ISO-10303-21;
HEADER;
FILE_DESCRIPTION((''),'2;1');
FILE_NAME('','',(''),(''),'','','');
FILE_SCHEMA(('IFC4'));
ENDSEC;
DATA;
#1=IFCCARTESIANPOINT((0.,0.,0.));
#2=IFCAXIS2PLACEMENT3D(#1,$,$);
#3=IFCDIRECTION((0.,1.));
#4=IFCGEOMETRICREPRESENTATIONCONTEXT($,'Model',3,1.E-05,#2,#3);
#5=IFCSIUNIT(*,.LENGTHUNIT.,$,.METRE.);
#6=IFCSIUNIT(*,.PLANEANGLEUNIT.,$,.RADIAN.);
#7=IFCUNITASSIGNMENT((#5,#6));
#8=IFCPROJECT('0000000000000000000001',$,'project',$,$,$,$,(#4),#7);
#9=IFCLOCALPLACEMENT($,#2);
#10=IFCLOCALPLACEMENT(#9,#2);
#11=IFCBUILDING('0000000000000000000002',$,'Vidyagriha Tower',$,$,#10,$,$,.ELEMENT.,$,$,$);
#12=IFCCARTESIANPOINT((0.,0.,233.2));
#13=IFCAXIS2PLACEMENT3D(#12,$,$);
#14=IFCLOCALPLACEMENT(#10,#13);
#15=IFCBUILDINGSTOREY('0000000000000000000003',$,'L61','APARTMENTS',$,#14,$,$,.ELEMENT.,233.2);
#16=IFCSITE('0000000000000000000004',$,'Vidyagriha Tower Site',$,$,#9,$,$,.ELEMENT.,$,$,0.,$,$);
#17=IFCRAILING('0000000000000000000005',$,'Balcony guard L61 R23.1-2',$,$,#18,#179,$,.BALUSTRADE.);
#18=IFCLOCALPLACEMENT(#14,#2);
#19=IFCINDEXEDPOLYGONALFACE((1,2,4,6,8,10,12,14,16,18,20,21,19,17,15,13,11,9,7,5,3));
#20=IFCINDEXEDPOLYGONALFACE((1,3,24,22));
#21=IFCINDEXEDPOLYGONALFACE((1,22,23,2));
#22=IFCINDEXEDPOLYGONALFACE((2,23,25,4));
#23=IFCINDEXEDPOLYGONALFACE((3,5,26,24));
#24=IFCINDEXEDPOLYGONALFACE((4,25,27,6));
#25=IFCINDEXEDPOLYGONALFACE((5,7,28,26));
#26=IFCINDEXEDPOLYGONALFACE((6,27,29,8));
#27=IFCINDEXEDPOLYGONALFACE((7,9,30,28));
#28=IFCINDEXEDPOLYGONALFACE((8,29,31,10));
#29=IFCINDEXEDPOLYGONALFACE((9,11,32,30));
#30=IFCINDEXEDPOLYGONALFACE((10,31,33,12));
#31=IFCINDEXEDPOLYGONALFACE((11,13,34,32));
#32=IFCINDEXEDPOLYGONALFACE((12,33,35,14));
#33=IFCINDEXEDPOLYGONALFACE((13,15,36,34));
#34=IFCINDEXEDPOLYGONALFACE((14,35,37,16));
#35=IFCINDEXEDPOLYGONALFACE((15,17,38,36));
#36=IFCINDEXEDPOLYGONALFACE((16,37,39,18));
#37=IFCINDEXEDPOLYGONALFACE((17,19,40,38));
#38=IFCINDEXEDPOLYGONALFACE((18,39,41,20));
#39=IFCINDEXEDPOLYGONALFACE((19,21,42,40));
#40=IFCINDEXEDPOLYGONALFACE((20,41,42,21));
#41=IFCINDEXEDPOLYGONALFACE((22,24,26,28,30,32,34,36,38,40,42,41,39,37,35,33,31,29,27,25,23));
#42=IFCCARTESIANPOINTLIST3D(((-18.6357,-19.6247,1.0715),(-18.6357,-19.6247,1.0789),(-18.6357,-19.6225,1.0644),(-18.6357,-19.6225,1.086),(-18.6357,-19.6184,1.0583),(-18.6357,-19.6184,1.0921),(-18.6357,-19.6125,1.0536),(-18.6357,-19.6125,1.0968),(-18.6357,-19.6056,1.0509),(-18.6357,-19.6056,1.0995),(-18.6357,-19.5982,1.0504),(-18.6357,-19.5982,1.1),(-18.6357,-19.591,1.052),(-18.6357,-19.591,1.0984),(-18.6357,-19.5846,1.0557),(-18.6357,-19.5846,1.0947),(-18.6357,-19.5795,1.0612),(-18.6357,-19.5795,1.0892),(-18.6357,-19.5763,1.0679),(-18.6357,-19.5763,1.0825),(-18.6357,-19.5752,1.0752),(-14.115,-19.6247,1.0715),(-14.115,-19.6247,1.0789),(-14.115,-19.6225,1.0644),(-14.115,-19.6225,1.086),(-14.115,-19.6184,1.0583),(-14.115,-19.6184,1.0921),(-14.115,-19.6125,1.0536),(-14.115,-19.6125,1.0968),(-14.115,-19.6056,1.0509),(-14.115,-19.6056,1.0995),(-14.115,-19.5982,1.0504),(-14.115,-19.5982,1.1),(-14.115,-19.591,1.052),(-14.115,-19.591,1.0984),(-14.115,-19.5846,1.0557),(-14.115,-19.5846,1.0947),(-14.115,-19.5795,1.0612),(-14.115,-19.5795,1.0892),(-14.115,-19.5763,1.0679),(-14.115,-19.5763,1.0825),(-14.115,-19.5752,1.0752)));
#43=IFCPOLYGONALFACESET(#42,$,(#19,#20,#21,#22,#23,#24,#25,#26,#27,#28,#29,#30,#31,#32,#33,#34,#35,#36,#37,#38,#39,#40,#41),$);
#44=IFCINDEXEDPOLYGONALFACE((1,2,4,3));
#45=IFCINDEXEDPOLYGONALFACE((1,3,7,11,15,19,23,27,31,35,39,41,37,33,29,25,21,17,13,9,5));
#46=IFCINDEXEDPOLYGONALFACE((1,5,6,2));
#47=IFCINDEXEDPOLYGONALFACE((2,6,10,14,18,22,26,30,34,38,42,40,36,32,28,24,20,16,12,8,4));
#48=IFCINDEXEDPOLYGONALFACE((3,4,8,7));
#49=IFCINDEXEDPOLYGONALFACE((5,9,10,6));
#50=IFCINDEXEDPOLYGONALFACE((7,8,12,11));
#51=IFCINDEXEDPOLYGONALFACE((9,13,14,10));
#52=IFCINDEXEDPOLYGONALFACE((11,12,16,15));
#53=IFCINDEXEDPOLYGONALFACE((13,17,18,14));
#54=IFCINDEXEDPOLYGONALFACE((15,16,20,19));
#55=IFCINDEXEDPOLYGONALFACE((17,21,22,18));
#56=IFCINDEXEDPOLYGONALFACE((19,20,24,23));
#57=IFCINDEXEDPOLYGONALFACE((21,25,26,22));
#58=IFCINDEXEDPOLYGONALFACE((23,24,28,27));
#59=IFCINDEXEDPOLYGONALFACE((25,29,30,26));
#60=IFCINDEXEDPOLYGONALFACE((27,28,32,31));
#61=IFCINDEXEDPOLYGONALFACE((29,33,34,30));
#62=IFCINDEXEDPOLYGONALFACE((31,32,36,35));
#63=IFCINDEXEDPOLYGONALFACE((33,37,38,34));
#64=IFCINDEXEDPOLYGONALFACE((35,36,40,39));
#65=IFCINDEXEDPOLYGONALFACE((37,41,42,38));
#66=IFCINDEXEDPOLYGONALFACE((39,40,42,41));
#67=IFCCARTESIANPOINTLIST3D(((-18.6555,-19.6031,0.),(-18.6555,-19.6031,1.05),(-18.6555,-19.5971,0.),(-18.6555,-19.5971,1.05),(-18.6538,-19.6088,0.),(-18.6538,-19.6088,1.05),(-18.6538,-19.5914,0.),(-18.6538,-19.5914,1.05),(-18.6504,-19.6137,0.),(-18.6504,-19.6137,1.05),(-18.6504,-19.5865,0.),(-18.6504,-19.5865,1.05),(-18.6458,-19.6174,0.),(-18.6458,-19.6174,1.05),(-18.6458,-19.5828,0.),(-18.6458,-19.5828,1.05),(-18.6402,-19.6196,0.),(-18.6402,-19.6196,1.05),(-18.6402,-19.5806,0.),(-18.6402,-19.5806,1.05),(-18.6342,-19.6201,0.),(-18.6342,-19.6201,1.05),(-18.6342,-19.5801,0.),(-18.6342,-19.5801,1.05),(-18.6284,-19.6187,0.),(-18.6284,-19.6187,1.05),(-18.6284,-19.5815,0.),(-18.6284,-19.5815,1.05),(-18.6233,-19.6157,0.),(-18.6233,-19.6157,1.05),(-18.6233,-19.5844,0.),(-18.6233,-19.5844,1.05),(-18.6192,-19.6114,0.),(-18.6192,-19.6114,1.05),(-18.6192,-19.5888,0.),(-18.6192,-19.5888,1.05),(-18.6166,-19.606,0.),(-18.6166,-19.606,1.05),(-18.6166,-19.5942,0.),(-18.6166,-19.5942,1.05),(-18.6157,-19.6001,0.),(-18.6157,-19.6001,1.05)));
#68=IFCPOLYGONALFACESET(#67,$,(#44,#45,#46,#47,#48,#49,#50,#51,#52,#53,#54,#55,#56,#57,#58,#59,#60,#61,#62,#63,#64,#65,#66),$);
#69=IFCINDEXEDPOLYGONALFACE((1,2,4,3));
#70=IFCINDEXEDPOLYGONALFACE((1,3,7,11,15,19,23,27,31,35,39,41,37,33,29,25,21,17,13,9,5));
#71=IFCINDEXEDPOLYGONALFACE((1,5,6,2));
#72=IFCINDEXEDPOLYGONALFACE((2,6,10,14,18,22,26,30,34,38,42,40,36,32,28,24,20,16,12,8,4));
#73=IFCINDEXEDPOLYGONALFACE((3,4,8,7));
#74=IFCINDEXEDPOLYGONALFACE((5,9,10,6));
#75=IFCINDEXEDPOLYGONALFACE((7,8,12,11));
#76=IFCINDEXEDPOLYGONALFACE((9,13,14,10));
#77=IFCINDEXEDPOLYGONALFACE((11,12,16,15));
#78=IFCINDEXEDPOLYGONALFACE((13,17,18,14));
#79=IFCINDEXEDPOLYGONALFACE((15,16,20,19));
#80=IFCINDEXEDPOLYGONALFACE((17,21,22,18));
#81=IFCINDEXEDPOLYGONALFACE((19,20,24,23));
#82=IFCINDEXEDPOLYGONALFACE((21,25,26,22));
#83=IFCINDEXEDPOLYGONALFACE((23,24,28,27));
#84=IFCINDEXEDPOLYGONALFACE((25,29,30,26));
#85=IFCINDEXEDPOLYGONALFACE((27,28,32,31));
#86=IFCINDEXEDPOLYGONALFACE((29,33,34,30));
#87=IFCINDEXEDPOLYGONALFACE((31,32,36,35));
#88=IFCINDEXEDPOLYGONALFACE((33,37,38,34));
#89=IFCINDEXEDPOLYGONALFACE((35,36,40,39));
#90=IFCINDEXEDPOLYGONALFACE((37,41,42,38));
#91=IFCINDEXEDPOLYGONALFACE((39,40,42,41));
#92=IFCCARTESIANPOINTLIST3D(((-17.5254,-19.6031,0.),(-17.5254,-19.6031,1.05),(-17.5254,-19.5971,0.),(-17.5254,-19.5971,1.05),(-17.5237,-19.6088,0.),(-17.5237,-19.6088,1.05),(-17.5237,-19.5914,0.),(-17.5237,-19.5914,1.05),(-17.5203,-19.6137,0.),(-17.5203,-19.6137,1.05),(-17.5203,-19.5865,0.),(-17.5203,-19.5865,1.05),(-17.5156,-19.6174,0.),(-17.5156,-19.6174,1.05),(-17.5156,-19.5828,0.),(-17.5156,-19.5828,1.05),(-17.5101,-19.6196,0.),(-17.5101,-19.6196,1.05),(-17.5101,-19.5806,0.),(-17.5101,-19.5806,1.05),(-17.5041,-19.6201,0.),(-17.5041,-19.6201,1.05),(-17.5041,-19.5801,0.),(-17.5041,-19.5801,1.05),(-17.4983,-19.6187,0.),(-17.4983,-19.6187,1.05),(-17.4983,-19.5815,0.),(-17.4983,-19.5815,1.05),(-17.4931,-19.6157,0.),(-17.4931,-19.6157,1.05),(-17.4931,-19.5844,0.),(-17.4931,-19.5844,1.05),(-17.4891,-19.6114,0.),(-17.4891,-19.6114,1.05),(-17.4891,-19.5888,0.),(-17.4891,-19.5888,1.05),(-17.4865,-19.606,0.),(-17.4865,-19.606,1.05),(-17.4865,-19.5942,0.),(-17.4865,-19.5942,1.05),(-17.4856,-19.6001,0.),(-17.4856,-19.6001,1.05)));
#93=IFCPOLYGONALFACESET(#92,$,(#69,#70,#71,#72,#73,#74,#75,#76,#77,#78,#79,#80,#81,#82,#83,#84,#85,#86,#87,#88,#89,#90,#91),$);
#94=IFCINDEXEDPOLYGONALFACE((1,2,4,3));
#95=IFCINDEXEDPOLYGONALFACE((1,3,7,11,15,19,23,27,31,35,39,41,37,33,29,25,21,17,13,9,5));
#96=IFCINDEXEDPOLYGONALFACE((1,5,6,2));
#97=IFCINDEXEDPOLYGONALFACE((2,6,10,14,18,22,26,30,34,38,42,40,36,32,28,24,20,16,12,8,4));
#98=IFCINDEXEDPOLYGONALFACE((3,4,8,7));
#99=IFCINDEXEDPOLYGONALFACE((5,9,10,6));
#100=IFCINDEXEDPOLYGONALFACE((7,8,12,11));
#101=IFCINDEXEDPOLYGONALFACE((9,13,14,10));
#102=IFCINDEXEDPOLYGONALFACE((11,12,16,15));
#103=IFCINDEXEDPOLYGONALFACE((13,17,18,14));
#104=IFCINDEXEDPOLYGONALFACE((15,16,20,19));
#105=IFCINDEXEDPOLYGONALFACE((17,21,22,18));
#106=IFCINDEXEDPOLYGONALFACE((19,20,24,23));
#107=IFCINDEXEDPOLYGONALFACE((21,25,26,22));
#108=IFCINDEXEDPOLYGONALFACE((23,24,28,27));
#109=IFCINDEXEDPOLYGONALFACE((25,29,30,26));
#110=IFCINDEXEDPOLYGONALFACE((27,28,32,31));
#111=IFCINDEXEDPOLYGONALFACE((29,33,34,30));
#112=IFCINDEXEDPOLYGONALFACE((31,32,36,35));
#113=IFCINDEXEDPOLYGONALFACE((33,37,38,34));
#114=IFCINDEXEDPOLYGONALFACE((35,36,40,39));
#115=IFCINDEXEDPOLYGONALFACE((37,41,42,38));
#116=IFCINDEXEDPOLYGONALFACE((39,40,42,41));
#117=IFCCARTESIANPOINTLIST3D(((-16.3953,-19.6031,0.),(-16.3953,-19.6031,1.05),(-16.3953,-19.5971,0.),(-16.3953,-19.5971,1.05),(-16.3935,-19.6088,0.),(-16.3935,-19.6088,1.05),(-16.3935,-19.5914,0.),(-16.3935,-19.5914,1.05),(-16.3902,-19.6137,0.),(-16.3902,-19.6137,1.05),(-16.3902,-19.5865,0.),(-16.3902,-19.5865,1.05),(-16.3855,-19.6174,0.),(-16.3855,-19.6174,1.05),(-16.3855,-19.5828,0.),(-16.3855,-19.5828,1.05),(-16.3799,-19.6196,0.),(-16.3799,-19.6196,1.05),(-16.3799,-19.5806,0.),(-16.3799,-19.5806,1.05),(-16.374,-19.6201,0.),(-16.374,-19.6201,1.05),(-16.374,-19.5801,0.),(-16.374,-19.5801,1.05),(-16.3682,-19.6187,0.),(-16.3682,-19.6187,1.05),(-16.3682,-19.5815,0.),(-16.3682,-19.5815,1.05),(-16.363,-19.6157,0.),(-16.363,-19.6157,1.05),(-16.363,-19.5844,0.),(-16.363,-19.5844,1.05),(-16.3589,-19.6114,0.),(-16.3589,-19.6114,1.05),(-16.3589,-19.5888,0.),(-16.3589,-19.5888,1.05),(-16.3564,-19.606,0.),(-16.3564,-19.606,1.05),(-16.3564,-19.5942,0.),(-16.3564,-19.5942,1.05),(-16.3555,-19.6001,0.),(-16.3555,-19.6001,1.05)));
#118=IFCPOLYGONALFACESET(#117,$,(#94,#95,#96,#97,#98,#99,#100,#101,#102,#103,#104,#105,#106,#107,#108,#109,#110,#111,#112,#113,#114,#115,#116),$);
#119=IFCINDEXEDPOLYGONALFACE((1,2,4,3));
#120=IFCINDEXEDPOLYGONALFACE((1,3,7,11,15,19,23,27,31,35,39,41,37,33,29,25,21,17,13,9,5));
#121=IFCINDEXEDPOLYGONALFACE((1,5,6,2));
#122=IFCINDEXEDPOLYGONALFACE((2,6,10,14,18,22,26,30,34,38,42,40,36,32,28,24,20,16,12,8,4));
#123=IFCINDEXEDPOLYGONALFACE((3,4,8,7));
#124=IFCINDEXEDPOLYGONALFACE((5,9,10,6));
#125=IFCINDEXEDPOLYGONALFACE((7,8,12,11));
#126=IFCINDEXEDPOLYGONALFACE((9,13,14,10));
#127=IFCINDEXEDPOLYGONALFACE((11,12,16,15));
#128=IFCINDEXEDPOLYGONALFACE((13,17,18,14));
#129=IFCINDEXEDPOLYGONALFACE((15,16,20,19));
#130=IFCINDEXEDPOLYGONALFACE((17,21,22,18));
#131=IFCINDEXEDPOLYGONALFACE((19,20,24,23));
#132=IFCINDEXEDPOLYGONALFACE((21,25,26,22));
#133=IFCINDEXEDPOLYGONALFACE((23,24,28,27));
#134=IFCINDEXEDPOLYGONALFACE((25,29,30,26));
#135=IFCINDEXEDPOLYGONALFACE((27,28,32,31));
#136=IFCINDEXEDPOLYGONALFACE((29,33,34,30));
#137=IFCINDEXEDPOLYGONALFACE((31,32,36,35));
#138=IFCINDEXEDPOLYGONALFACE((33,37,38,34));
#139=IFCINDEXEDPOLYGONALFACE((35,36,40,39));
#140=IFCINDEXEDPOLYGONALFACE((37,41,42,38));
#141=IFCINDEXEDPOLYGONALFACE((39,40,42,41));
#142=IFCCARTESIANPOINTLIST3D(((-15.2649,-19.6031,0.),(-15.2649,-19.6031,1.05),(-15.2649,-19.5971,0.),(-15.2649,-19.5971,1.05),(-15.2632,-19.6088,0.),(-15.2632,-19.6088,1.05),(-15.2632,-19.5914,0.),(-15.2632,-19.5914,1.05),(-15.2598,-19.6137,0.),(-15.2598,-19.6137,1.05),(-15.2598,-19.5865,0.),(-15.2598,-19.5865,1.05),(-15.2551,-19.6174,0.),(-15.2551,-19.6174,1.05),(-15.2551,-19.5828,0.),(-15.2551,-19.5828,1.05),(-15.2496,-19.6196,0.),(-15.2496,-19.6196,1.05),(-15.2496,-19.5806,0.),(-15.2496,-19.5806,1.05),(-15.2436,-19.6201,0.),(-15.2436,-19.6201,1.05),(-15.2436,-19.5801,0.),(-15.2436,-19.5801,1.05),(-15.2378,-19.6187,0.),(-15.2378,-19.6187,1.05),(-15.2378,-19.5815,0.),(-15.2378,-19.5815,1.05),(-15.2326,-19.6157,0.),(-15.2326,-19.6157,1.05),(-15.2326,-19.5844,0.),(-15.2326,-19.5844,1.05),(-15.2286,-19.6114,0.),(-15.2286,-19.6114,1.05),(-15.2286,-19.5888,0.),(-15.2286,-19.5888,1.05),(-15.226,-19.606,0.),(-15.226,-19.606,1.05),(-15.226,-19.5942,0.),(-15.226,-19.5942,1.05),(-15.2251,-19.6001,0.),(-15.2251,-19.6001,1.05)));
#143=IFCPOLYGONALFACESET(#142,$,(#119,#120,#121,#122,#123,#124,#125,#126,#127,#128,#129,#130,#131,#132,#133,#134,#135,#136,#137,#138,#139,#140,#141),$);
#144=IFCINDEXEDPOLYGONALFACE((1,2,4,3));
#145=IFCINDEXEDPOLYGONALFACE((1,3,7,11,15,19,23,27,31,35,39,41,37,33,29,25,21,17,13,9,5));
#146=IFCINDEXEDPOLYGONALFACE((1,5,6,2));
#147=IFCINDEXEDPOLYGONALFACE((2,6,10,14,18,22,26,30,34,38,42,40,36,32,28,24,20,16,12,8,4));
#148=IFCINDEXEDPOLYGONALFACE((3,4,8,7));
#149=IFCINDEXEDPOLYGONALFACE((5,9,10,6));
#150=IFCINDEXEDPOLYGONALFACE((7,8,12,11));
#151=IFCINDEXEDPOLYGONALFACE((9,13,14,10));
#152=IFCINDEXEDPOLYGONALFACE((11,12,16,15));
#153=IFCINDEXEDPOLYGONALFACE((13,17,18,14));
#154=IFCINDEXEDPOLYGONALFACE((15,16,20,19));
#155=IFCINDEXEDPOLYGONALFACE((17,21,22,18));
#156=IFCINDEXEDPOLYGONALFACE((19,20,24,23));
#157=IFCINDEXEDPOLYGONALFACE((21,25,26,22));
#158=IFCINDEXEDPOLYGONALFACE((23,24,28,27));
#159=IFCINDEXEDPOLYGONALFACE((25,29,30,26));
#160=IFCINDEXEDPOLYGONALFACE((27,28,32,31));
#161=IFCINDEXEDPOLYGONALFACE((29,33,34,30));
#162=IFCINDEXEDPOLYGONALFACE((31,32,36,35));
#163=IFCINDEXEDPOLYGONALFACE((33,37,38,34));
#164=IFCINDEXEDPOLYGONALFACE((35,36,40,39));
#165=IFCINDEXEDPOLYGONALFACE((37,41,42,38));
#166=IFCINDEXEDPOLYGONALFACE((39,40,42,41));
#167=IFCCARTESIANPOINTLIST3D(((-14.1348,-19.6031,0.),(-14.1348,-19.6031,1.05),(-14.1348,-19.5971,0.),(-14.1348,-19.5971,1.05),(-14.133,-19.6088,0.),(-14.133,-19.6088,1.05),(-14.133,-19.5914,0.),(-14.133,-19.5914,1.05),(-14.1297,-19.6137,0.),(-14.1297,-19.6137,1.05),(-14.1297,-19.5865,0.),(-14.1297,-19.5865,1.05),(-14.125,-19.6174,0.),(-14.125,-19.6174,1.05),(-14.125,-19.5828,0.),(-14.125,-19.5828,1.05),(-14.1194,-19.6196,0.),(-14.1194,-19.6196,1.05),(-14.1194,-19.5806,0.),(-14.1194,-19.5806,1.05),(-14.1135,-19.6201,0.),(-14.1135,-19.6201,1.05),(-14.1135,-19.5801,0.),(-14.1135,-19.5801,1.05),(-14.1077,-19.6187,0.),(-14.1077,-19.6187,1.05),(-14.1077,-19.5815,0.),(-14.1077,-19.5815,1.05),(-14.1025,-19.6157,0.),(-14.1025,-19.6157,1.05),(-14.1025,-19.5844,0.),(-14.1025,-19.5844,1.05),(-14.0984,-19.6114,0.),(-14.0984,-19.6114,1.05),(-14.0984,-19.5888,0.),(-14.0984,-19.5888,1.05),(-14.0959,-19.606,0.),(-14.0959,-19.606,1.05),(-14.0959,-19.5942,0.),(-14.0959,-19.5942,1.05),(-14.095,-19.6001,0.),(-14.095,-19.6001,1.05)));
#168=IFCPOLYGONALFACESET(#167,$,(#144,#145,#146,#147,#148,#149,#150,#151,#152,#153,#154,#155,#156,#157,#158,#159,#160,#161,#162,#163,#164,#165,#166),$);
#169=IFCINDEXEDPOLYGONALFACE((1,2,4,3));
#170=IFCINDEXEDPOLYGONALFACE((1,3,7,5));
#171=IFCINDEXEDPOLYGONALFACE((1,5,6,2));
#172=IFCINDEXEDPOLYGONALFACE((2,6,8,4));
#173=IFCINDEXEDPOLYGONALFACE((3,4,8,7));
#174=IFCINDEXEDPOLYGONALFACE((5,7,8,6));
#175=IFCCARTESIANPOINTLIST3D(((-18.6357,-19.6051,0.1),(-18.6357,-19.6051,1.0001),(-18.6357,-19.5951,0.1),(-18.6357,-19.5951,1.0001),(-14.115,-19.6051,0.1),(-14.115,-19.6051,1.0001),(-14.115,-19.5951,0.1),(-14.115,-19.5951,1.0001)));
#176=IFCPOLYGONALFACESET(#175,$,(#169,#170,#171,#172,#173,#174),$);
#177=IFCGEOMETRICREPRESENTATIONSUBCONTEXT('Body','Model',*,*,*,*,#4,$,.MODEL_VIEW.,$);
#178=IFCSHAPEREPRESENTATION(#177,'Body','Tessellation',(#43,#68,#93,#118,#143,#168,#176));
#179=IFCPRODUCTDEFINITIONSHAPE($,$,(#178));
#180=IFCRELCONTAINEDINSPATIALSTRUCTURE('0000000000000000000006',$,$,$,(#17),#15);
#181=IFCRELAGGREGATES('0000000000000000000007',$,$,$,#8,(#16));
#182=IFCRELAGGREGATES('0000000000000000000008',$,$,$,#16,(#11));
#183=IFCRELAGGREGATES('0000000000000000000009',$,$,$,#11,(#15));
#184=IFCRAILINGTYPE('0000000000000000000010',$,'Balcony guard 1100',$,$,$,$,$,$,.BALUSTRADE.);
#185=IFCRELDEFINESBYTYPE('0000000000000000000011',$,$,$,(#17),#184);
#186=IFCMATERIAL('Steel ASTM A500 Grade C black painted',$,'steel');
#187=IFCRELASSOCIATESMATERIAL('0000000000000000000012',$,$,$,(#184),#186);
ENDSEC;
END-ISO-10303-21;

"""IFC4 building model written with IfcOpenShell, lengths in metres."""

from ifc_helpers import new_model, si_unit, direction, frame, origin, origin_2d, place, context, subcontext, project, spatial, rectangle, circle, extrude, material, type_object, element, save


model = new_model("IFC4")

# Units and contexts
model_context = context("Model", 3, precision=1e-05, world=origin(), true_north=direction((0.0, 1.0)))
body_context = subcontext(model_context, "Body", "Model", "MODEL_VIEW")
ifc_project = project(units=[si_unit("LENGTHUNIT", "METRE"), si_unit("PLANEANGLEUNIT", "RADIAN")], contexts=[model_context])

# Site, building, storey
site_placement = place(None, origin())
site = spatial("IfcSite", under=ifc_project, at=site_placement, Name="Vidyagriha Tower Site", CompositionType="ELEMENT", RefElevation=0.0)
building_placement = place(site_placement, origin())
building = spatial("IfcBuilding", under=site, at=building_placement, Name="Vidyagriha Tower", CompositionType="ELEMENT")
storey_placement = place(building_placement, frame((0.0, 0.0, 233.2)))
storey = spatial("IfcBuildingStorey", under=building, at=storey_placement, Name="L61", Description="APARTMENTS", CompositionType="ELEMENT", Elevation=233.2)

# Railing
ifc_material_1 = material(Name="Steel ASTM A500 Grade C black painted", Category="steel")
railing_type = type_object("IfcRailingType", Name="Balcony guard 1100", PredefinedType="BALUSTRADE", material=ifc_material_1)
railing_1_placement = place(storey_placement, frame((-18.6357, -19.6001, 0.0)))
element("IfcRailing", 1, at=railing_1_placement, inside=storey, type_object=railing_type, Name="Balcony guard L61 R23.1-2", PredefinedType="BALUSTRADE", context=body_context, shape_type="SweptSolid", body=[
    extrude(circle(Radius=0.0249, at=origin_2d()), frame((0.0, 0.0, 1.0752), z_axis=(1.0, 0.0, 0.0), x_axis=(0.0, 1.0, 0.0)), (0.0, 0.0, 1.0), 4.5208),
    extrude(circle(Radius=0.02, at=origin_2d()), origin(), (0.0, 0.0, 1.0), 1.05),
    extrude(circle(Radius=0.02, at=origin_2d()), frame((1.1301, 0.0, 0.0)), (0.0, 0.0, 1.0), 1.05),
    extrude(circle(Radius=0.02, at=origin_2d()), frame((2.2603, 0.0, 0.0)), (0.0, 0.0, 1.0), 1.05),
    extrude(circle(Radius=0.02, at=origin_2d()), frame((3.3906, 0.0, 0.0)), (0.0, 0.0, 1.0), 1.05),
    extrude(circle(Radius=0.02, at=origin_2d()), frame((4.5208, 0.0, 0.0)), (0.0, 0.0, 1.0), 1.05),
    extrude(rectangle(XDim=0.01, YDim=0.9001, at=origin_2d()), frame((0.0, 0.0, 0.55), z_axis=(1.0, 0.0, 0.0), x_axis=(0.0, 1.0, 0.0)), (0.0, 0.0, 1.0), 4.5208),
])

save(model, "model.ifc")
